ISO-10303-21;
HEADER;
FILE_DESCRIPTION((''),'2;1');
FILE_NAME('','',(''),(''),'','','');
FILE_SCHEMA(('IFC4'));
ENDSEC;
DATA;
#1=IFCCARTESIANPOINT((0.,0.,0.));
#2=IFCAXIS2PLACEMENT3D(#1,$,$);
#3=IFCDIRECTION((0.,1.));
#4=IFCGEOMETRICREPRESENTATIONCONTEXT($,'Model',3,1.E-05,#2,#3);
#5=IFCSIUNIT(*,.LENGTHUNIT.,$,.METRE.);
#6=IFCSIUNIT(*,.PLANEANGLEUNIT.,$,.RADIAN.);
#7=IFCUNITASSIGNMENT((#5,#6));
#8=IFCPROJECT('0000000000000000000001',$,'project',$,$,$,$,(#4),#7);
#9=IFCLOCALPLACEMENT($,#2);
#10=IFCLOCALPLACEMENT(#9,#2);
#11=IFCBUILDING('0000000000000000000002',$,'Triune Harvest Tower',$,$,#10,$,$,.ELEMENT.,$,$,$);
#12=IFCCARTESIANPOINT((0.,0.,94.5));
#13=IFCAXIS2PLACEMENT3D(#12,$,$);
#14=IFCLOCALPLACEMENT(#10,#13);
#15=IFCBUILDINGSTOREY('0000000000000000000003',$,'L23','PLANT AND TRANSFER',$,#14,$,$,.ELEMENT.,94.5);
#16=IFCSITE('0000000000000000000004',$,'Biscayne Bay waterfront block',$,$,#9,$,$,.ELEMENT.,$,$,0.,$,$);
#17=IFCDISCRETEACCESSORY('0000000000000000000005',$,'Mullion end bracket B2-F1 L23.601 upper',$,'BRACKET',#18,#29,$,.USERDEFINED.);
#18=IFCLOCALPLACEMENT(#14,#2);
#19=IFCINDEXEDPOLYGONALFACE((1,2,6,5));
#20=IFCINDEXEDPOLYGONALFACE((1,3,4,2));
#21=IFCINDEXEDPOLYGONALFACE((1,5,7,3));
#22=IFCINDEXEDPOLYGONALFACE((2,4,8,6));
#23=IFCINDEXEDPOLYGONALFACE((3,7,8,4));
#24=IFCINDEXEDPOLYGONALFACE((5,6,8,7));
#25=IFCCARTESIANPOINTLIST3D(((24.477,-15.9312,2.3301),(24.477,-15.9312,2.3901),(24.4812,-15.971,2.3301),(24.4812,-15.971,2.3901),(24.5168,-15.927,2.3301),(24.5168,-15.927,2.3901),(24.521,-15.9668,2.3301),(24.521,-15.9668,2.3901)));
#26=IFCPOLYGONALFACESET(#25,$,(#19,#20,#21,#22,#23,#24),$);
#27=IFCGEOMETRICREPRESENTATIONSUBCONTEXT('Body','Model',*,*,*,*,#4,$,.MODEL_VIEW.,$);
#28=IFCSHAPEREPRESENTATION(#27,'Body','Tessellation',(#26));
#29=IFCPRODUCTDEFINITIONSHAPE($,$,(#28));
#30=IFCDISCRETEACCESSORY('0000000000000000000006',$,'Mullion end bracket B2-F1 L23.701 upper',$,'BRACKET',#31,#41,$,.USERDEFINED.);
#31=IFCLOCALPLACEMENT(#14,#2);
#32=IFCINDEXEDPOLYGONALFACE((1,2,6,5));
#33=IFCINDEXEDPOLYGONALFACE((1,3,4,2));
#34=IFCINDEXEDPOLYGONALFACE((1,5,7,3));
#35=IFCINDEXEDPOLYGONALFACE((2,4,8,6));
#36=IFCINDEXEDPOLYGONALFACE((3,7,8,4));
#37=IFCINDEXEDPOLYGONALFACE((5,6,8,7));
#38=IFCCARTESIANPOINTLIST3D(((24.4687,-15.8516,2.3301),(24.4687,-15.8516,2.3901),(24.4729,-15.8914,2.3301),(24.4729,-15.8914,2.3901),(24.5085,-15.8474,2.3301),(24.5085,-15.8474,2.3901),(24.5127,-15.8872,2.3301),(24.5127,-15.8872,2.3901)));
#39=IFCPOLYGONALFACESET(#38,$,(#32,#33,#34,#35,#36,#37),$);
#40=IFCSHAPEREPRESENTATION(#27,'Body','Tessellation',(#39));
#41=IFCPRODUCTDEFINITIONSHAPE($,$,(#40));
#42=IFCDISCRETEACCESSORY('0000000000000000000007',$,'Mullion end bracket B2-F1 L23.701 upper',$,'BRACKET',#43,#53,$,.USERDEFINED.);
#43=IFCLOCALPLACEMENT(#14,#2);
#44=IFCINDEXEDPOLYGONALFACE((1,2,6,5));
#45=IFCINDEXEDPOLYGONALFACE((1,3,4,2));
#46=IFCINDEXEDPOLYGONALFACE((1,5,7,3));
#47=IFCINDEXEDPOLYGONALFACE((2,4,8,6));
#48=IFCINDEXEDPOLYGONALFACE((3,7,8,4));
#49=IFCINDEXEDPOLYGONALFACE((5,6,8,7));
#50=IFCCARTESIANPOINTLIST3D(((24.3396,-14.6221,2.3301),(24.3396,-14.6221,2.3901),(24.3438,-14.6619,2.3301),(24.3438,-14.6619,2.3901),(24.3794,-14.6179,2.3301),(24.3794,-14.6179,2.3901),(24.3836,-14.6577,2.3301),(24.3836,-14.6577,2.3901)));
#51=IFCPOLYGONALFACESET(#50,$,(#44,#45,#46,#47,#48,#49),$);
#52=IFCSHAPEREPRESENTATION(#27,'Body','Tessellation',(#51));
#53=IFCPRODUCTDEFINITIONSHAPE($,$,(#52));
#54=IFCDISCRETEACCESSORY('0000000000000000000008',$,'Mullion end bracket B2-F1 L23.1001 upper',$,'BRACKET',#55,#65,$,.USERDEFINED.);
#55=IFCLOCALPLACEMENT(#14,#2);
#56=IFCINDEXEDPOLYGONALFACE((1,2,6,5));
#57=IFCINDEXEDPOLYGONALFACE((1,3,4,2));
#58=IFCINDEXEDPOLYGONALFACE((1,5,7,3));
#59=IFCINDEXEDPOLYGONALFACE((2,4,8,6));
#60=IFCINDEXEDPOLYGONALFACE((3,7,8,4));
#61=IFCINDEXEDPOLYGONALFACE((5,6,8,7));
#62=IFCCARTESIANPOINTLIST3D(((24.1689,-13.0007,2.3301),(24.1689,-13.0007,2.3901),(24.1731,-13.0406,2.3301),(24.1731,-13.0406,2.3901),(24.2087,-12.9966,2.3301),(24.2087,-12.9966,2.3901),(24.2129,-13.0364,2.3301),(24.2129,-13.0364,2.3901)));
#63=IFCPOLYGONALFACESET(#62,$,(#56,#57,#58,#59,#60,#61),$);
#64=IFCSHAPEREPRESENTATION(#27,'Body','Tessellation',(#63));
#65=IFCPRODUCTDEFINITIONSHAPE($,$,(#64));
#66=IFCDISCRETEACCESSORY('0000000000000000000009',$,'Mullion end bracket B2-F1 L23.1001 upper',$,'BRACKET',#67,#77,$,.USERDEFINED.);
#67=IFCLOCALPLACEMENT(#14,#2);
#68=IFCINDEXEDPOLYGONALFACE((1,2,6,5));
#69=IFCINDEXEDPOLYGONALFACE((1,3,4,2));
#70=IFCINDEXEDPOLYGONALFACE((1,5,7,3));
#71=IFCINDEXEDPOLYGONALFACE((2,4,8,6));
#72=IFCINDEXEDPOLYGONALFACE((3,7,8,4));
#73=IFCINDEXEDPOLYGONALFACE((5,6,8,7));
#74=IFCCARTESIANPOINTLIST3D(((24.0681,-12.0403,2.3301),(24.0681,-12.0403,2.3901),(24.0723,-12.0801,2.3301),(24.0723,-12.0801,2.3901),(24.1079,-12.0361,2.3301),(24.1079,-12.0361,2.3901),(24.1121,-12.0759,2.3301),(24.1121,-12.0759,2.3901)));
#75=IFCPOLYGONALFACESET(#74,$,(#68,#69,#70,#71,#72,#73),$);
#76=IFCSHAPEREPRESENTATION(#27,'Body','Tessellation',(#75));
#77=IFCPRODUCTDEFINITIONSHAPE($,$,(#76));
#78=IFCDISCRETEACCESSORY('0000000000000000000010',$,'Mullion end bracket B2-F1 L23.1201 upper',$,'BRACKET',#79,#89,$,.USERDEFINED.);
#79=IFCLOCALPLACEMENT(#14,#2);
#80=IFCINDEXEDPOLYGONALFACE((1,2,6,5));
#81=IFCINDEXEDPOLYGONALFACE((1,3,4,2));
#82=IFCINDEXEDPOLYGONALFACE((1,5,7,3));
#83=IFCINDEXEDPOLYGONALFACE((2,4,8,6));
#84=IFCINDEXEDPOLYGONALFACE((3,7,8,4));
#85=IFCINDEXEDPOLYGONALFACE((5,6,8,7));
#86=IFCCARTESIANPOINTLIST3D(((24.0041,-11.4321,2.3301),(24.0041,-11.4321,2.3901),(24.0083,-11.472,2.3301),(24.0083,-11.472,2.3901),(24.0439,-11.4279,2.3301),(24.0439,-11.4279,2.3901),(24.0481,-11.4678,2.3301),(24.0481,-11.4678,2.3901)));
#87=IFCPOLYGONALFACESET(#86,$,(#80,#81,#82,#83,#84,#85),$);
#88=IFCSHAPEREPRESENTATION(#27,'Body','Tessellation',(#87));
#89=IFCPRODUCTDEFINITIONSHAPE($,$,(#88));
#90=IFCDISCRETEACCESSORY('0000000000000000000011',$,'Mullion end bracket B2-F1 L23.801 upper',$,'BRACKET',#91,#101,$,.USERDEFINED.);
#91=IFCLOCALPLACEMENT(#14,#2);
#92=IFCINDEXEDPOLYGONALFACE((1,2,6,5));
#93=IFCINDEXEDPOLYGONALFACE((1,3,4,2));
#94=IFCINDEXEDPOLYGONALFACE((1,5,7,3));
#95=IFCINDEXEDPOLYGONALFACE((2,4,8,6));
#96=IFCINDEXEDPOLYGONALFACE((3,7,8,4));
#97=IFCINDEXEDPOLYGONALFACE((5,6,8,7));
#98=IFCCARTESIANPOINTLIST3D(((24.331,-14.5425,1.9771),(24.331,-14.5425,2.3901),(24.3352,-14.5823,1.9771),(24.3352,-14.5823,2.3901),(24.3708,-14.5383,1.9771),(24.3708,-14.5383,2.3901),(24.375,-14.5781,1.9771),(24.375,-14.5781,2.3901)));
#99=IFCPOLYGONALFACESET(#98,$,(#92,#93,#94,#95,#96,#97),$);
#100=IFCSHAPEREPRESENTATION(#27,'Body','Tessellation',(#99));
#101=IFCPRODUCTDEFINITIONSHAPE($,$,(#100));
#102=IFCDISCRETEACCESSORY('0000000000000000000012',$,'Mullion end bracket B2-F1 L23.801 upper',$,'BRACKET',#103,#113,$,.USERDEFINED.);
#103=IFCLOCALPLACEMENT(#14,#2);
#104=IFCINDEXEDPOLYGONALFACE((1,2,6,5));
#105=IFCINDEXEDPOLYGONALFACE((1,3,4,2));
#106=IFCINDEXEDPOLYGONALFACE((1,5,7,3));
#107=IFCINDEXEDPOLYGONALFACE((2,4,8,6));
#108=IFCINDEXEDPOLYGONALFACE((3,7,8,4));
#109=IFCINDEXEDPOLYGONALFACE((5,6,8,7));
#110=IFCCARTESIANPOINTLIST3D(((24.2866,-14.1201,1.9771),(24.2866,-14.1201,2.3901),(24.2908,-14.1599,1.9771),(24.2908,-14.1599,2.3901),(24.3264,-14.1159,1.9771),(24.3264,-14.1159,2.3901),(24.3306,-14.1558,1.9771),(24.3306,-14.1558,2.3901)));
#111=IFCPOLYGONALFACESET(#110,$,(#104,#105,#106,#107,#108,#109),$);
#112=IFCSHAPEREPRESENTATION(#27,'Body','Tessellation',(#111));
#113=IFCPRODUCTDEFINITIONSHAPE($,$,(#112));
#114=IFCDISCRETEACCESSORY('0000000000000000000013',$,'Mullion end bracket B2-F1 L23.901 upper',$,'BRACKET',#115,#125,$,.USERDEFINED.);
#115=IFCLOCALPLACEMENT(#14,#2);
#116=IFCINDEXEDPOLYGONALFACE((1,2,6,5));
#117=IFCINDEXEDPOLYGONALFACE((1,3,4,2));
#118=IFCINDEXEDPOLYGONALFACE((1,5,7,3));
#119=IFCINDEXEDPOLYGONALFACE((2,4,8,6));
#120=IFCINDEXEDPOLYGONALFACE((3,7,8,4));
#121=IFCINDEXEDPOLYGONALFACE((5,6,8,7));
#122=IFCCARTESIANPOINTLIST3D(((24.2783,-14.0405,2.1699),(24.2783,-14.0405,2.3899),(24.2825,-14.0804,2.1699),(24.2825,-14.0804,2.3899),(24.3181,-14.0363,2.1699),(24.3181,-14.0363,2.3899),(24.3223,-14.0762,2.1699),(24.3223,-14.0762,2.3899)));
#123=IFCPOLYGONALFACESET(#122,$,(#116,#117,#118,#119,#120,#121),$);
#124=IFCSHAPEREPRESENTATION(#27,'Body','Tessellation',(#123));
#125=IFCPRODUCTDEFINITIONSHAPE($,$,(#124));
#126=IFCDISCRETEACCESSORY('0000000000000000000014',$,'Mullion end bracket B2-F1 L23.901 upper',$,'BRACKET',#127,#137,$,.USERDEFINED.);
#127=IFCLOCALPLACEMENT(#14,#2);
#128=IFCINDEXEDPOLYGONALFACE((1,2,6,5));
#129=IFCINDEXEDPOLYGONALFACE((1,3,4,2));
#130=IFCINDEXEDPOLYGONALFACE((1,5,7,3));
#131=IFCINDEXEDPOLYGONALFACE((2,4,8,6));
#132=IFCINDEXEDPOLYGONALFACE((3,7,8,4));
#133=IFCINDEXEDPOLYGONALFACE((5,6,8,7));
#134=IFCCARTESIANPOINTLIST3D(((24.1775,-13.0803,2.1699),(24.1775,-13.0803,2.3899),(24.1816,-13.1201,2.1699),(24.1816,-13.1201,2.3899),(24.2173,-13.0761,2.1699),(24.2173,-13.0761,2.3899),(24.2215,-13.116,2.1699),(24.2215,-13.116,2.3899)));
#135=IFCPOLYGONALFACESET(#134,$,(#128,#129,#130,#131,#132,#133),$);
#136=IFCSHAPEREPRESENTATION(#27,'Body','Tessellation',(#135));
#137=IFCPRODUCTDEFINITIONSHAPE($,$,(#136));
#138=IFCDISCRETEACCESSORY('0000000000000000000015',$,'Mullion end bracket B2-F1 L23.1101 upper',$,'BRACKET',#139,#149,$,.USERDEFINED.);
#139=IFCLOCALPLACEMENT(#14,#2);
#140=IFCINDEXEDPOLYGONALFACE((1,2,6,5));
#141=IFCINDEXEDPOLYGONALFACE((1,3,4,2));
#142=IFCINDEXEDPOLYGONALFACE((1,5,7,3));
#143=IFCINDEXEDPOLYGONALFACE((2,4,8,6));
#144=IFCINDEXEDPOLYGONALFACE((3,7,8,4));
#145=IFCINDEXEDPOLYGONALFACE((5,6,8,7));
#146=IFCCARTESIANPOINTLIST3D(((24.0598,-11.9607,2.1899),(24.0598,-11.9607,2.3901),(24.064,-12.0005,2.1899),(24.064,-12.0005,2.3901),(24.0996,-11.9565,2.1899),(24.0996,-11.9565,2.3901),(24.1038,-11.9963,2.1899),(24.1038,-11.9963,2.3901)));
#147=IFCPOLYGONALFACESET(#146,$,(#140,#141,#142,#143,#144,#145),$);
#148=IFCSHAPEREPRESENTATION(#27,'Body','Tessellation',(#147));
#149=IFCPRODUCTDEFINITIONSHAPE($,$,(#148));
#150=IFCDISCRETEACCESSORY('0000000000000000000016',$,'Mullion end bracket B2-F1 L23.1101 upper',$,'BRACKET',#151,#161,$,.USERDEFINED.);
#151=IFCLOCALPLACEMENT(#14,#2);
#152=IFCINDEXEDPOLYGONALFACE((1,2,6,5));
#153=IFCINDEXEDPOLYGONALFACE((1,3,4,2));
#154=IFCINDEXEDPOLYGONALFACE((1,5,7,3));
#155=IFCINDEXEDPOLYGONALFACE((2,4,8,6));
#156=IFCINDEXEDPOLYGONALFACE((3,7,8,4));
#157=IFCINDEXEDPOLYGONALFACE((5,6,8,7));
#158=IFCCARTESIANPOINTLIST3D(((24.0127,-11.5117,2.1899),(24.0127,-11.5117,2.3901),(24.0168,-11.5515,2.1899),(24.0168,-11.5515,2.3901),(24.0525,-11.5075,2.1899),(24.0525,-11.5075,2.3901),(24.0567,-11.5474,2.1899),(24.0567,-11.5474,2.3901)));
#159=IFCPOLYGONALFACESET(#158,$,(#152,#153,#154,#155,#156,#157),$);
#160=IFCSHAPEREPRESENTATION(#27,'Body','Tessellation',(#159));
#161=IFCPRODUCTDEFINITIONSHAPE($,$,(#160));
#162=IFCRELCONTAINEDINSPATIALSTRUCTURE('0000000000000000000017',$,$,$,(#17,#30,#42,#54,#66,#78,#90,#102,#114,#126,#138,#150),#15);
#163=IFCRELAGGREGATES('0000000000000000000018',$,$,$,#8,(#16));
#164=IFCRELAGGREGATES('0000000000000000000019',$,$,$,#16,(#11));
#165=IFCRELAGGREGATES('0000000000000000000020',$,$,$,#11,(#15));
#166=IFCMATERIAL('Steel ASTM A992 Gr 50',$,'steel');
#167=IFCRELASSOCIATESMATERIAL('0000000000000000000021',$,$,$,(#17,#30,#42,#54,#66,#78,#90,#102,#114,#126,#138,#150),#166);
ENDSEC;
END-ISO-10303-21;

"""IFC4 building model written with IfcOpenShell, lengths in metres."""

from ifc_helpers import new_model, si_unit, direction, frame, origin, origin_2d, place, context, subcontext, project, spatial, rectangle, extrude, source, transform, mapped, material, element, save


model = new_model("IFC4")

# Units and contexts
model_context = context("Model", 3, precision=1e-05, world=origin(), true_north=direction((0.0, 1.0)))
body_context = subcontext(model_context, "Body", "Model", "MODEL_VIEW")
ifc_project = project(units=[si_unit("LENGTHUNIT", "METRE"), si_unit("PLANEANGLEUNIT", "RADIAN")], contexts=[model_context])

# Site, building, storey
site_placement = place(None, origin())
site = spatial("IfcSite", under=ifc_project, at=site_placement, Name="Biscayne Bay waterfront block", CompositionType="ELEMENT", RefElevation=0.0)
building_placement = place(site_placement, origin())
building = spatial("IfcBuilding", under=site, at=building_placement, Name="Triune Harvest Tower", CompositionType="ELEMENT")
storey_placement = place(building_placement, frame((0.0, 0.0, 94.5)))
storey = spatial("IfcBuildingStorey", under=building, at=storey_placement, Name="L23", Description="PLANT AND TRANSFER", CompositionType="ELEMENT", Elevation=94.5)

# Discrete accessories
ifc_material_1 = material(Name="Steel ASTM A992 Gr 50", Category="steel")
shared_shape_1 = source(origin(), body_context, "Body", "SweptSolid", [
    extrude(rectangle(XDim=0.04, YDim=0.04, at=origin_2d()), origin(), (0.0, 0.0, 1.0), 0.0601),
])
for number, where, z_axis, x_axis, name in (
    (1, (24.499, -15.949, 2.3301), (0.0, 0.0, 1.0), (-0.104534, 0.994521, 0.0), "Mullion end bracket B2-F1 L23.601 upper"),
    (2, (24.4907, -15.8694, 2.3301), (0.0, 0.0, 1.0), (-0.104527, 0.994522, 0.0), "Mullion end bracket B2-F1 L23.701 upper"),
    (3, (24.3616, -14.6399, 2.3301), (0.0, 0.0, 1.0), (-0.104527, 0.994522, 0.0), "Mullion end bracket B2-F1 L23.701 upper"),
    (4, (24.1909, -13.0186, 2.3301), (0.0, 0.0, 1.0), (-0.10453, 0.994522, 0.0), "Mullion end bracket B2-F1 L23.1001 upper"),
    (5, (24.0901, -12.0581, 2.3301), (0.0, 0.0, 1.0), (-0.10453, 0.994522, 0.0), "Mullion end bracket B2-F1 L23.1001 upper"),
    (6, (24.0261, -11.45, 2.3301), (0.0, 0.0, 1.0), (-0.104553, 0.994519, 0.0), "Mullion end bracket B2-F1 L23.1201 upper"),
):
    element("IfcDiscreteAccessory", number, at=place(storey_placement, frame(where, z_axis=z_axis, x_axis=x_axis)), inside=storey, material=ifc_material_1, Name=name, ObjectType="BRACKET", PredefinedType="USERDEFINED", context=body_context, shape_type="MappedRepresentation", body=[
        mapped(shared_shape_1, transform((0.0, 0.0, 0.0), scale=1.0)),
    ])
shared_shape_2 = source(origin(), body_context, "Body", "SweptSolid", [
    extrude(rectangle(XDim=0.04, YDim=0.04, at=origin_2d()), origin(), (0.0, 0.0, 1.0), 0.4131),
])
for number, where, z_axis, x_axis, name in (
    (7, (24.353, -14.5603, 1.9771), (0.0, 0.0, 1.0), (-0.104643, 0.99451, 0.0), "Mullion end bracket B2-F1 L23.801 upper"),
    (8, (24.3086, -14.1379, 1.9771), (0.0, 0.0, 1.0), (-0.104643, 0.99451, 0.0), "Mullion end bracket B2-F1 L23.801 upper"),
):
    element("IfcDiscreteAccessory", number, at=place(storey_placement, frame(where, z_axis=z_axis, x_axis=x_axis)), inside=storey, material=ifc_material_1, Name=name, ObjectType="BRACKET", PredefinedType="USERDEFINED", context=body_context, shape_type="MappedRepresentation", body=[
        mapped(shared_shape_2, transform((0.0, 0.0, 0.0), scale=1.0)),
    ])
shared_shape_3 = source(origin(), body_context, "Body", "SweptSolid", [
    extrude(rectangle(XDim=0.04, YDim=0.04, at=origin_2d()), origin(), (0.0, 0.0, 1.0), 0.22),
])
for number, where, z_axis, x_axis, name in (
    (9, (24.3003, -14.0583, 2.1699), (0.0, 0.0, 1.0), (-0.10453, 0.994522, 0.0), "Mullion end bracket B2-F1 L23.901 upper"),
    (10, (24.1995, -13.0981, 2.1699), (0.0, 0.0, 1.0), (-0.10453, 0.994522, 0.0), "Mullion end bracket B2-F1 L23.901 upper"),
):
    element("IfcDiscreteAccessory", number, at=place(storey_placement, frame(where, z_axis=z_axis, x_axis=x_axis)), inside=storey, material=ifc_material_1, Name=name, ObjectType="BRACKET", PredefinedType="USERDEFINED", context=body_context, shape_type="MappedRepresentation", body=[
        mapped(shared_shape_3, transform((0.0, 0.0, 0.0), scale=1.0)),
    ])
shared_shape_4 = source(origin(), body_context, "Body", "SweptSolid", [
    extrude(rectangle(XDim=0.04, YDim=0.04, at=origin_2d()), origin(), (0.0, 0.0, 1.0), 0.2002),
])
for number, where, z_axis, x_axis, name in (
    (11, (24.0818, -11.9785, 2.1899), (0.0, 0.0, 1.0), (-0.104421, 0.994533, 0.0), "Mullion end bracket B2-F1 L23.1101 upper"),
    (12, (24.0347, -11.5295, 2.1899), (0.0, 0.0, 1.0), (-0.104421, 0.994533, 0.0), "Mullion end bracket B2-F1 L23.1101 upper"),
):
    element("IfcDiscreteAccessory", number, at=place(storey_placement, frame(where, z_axis=z_axis, x_axis=x_axis)), inside=storey, material=ifc_material_1, Name=name, ObjectType="BRACKET", PredefinedType="USERDEFINED", context=body_context, shape_type="MappedRepresentation", body=[
        mapped(shared_shape_4, transform((0.0, 0.0, 0.0), scale=1.0)),
    ])

save(model, "model.ifc")
